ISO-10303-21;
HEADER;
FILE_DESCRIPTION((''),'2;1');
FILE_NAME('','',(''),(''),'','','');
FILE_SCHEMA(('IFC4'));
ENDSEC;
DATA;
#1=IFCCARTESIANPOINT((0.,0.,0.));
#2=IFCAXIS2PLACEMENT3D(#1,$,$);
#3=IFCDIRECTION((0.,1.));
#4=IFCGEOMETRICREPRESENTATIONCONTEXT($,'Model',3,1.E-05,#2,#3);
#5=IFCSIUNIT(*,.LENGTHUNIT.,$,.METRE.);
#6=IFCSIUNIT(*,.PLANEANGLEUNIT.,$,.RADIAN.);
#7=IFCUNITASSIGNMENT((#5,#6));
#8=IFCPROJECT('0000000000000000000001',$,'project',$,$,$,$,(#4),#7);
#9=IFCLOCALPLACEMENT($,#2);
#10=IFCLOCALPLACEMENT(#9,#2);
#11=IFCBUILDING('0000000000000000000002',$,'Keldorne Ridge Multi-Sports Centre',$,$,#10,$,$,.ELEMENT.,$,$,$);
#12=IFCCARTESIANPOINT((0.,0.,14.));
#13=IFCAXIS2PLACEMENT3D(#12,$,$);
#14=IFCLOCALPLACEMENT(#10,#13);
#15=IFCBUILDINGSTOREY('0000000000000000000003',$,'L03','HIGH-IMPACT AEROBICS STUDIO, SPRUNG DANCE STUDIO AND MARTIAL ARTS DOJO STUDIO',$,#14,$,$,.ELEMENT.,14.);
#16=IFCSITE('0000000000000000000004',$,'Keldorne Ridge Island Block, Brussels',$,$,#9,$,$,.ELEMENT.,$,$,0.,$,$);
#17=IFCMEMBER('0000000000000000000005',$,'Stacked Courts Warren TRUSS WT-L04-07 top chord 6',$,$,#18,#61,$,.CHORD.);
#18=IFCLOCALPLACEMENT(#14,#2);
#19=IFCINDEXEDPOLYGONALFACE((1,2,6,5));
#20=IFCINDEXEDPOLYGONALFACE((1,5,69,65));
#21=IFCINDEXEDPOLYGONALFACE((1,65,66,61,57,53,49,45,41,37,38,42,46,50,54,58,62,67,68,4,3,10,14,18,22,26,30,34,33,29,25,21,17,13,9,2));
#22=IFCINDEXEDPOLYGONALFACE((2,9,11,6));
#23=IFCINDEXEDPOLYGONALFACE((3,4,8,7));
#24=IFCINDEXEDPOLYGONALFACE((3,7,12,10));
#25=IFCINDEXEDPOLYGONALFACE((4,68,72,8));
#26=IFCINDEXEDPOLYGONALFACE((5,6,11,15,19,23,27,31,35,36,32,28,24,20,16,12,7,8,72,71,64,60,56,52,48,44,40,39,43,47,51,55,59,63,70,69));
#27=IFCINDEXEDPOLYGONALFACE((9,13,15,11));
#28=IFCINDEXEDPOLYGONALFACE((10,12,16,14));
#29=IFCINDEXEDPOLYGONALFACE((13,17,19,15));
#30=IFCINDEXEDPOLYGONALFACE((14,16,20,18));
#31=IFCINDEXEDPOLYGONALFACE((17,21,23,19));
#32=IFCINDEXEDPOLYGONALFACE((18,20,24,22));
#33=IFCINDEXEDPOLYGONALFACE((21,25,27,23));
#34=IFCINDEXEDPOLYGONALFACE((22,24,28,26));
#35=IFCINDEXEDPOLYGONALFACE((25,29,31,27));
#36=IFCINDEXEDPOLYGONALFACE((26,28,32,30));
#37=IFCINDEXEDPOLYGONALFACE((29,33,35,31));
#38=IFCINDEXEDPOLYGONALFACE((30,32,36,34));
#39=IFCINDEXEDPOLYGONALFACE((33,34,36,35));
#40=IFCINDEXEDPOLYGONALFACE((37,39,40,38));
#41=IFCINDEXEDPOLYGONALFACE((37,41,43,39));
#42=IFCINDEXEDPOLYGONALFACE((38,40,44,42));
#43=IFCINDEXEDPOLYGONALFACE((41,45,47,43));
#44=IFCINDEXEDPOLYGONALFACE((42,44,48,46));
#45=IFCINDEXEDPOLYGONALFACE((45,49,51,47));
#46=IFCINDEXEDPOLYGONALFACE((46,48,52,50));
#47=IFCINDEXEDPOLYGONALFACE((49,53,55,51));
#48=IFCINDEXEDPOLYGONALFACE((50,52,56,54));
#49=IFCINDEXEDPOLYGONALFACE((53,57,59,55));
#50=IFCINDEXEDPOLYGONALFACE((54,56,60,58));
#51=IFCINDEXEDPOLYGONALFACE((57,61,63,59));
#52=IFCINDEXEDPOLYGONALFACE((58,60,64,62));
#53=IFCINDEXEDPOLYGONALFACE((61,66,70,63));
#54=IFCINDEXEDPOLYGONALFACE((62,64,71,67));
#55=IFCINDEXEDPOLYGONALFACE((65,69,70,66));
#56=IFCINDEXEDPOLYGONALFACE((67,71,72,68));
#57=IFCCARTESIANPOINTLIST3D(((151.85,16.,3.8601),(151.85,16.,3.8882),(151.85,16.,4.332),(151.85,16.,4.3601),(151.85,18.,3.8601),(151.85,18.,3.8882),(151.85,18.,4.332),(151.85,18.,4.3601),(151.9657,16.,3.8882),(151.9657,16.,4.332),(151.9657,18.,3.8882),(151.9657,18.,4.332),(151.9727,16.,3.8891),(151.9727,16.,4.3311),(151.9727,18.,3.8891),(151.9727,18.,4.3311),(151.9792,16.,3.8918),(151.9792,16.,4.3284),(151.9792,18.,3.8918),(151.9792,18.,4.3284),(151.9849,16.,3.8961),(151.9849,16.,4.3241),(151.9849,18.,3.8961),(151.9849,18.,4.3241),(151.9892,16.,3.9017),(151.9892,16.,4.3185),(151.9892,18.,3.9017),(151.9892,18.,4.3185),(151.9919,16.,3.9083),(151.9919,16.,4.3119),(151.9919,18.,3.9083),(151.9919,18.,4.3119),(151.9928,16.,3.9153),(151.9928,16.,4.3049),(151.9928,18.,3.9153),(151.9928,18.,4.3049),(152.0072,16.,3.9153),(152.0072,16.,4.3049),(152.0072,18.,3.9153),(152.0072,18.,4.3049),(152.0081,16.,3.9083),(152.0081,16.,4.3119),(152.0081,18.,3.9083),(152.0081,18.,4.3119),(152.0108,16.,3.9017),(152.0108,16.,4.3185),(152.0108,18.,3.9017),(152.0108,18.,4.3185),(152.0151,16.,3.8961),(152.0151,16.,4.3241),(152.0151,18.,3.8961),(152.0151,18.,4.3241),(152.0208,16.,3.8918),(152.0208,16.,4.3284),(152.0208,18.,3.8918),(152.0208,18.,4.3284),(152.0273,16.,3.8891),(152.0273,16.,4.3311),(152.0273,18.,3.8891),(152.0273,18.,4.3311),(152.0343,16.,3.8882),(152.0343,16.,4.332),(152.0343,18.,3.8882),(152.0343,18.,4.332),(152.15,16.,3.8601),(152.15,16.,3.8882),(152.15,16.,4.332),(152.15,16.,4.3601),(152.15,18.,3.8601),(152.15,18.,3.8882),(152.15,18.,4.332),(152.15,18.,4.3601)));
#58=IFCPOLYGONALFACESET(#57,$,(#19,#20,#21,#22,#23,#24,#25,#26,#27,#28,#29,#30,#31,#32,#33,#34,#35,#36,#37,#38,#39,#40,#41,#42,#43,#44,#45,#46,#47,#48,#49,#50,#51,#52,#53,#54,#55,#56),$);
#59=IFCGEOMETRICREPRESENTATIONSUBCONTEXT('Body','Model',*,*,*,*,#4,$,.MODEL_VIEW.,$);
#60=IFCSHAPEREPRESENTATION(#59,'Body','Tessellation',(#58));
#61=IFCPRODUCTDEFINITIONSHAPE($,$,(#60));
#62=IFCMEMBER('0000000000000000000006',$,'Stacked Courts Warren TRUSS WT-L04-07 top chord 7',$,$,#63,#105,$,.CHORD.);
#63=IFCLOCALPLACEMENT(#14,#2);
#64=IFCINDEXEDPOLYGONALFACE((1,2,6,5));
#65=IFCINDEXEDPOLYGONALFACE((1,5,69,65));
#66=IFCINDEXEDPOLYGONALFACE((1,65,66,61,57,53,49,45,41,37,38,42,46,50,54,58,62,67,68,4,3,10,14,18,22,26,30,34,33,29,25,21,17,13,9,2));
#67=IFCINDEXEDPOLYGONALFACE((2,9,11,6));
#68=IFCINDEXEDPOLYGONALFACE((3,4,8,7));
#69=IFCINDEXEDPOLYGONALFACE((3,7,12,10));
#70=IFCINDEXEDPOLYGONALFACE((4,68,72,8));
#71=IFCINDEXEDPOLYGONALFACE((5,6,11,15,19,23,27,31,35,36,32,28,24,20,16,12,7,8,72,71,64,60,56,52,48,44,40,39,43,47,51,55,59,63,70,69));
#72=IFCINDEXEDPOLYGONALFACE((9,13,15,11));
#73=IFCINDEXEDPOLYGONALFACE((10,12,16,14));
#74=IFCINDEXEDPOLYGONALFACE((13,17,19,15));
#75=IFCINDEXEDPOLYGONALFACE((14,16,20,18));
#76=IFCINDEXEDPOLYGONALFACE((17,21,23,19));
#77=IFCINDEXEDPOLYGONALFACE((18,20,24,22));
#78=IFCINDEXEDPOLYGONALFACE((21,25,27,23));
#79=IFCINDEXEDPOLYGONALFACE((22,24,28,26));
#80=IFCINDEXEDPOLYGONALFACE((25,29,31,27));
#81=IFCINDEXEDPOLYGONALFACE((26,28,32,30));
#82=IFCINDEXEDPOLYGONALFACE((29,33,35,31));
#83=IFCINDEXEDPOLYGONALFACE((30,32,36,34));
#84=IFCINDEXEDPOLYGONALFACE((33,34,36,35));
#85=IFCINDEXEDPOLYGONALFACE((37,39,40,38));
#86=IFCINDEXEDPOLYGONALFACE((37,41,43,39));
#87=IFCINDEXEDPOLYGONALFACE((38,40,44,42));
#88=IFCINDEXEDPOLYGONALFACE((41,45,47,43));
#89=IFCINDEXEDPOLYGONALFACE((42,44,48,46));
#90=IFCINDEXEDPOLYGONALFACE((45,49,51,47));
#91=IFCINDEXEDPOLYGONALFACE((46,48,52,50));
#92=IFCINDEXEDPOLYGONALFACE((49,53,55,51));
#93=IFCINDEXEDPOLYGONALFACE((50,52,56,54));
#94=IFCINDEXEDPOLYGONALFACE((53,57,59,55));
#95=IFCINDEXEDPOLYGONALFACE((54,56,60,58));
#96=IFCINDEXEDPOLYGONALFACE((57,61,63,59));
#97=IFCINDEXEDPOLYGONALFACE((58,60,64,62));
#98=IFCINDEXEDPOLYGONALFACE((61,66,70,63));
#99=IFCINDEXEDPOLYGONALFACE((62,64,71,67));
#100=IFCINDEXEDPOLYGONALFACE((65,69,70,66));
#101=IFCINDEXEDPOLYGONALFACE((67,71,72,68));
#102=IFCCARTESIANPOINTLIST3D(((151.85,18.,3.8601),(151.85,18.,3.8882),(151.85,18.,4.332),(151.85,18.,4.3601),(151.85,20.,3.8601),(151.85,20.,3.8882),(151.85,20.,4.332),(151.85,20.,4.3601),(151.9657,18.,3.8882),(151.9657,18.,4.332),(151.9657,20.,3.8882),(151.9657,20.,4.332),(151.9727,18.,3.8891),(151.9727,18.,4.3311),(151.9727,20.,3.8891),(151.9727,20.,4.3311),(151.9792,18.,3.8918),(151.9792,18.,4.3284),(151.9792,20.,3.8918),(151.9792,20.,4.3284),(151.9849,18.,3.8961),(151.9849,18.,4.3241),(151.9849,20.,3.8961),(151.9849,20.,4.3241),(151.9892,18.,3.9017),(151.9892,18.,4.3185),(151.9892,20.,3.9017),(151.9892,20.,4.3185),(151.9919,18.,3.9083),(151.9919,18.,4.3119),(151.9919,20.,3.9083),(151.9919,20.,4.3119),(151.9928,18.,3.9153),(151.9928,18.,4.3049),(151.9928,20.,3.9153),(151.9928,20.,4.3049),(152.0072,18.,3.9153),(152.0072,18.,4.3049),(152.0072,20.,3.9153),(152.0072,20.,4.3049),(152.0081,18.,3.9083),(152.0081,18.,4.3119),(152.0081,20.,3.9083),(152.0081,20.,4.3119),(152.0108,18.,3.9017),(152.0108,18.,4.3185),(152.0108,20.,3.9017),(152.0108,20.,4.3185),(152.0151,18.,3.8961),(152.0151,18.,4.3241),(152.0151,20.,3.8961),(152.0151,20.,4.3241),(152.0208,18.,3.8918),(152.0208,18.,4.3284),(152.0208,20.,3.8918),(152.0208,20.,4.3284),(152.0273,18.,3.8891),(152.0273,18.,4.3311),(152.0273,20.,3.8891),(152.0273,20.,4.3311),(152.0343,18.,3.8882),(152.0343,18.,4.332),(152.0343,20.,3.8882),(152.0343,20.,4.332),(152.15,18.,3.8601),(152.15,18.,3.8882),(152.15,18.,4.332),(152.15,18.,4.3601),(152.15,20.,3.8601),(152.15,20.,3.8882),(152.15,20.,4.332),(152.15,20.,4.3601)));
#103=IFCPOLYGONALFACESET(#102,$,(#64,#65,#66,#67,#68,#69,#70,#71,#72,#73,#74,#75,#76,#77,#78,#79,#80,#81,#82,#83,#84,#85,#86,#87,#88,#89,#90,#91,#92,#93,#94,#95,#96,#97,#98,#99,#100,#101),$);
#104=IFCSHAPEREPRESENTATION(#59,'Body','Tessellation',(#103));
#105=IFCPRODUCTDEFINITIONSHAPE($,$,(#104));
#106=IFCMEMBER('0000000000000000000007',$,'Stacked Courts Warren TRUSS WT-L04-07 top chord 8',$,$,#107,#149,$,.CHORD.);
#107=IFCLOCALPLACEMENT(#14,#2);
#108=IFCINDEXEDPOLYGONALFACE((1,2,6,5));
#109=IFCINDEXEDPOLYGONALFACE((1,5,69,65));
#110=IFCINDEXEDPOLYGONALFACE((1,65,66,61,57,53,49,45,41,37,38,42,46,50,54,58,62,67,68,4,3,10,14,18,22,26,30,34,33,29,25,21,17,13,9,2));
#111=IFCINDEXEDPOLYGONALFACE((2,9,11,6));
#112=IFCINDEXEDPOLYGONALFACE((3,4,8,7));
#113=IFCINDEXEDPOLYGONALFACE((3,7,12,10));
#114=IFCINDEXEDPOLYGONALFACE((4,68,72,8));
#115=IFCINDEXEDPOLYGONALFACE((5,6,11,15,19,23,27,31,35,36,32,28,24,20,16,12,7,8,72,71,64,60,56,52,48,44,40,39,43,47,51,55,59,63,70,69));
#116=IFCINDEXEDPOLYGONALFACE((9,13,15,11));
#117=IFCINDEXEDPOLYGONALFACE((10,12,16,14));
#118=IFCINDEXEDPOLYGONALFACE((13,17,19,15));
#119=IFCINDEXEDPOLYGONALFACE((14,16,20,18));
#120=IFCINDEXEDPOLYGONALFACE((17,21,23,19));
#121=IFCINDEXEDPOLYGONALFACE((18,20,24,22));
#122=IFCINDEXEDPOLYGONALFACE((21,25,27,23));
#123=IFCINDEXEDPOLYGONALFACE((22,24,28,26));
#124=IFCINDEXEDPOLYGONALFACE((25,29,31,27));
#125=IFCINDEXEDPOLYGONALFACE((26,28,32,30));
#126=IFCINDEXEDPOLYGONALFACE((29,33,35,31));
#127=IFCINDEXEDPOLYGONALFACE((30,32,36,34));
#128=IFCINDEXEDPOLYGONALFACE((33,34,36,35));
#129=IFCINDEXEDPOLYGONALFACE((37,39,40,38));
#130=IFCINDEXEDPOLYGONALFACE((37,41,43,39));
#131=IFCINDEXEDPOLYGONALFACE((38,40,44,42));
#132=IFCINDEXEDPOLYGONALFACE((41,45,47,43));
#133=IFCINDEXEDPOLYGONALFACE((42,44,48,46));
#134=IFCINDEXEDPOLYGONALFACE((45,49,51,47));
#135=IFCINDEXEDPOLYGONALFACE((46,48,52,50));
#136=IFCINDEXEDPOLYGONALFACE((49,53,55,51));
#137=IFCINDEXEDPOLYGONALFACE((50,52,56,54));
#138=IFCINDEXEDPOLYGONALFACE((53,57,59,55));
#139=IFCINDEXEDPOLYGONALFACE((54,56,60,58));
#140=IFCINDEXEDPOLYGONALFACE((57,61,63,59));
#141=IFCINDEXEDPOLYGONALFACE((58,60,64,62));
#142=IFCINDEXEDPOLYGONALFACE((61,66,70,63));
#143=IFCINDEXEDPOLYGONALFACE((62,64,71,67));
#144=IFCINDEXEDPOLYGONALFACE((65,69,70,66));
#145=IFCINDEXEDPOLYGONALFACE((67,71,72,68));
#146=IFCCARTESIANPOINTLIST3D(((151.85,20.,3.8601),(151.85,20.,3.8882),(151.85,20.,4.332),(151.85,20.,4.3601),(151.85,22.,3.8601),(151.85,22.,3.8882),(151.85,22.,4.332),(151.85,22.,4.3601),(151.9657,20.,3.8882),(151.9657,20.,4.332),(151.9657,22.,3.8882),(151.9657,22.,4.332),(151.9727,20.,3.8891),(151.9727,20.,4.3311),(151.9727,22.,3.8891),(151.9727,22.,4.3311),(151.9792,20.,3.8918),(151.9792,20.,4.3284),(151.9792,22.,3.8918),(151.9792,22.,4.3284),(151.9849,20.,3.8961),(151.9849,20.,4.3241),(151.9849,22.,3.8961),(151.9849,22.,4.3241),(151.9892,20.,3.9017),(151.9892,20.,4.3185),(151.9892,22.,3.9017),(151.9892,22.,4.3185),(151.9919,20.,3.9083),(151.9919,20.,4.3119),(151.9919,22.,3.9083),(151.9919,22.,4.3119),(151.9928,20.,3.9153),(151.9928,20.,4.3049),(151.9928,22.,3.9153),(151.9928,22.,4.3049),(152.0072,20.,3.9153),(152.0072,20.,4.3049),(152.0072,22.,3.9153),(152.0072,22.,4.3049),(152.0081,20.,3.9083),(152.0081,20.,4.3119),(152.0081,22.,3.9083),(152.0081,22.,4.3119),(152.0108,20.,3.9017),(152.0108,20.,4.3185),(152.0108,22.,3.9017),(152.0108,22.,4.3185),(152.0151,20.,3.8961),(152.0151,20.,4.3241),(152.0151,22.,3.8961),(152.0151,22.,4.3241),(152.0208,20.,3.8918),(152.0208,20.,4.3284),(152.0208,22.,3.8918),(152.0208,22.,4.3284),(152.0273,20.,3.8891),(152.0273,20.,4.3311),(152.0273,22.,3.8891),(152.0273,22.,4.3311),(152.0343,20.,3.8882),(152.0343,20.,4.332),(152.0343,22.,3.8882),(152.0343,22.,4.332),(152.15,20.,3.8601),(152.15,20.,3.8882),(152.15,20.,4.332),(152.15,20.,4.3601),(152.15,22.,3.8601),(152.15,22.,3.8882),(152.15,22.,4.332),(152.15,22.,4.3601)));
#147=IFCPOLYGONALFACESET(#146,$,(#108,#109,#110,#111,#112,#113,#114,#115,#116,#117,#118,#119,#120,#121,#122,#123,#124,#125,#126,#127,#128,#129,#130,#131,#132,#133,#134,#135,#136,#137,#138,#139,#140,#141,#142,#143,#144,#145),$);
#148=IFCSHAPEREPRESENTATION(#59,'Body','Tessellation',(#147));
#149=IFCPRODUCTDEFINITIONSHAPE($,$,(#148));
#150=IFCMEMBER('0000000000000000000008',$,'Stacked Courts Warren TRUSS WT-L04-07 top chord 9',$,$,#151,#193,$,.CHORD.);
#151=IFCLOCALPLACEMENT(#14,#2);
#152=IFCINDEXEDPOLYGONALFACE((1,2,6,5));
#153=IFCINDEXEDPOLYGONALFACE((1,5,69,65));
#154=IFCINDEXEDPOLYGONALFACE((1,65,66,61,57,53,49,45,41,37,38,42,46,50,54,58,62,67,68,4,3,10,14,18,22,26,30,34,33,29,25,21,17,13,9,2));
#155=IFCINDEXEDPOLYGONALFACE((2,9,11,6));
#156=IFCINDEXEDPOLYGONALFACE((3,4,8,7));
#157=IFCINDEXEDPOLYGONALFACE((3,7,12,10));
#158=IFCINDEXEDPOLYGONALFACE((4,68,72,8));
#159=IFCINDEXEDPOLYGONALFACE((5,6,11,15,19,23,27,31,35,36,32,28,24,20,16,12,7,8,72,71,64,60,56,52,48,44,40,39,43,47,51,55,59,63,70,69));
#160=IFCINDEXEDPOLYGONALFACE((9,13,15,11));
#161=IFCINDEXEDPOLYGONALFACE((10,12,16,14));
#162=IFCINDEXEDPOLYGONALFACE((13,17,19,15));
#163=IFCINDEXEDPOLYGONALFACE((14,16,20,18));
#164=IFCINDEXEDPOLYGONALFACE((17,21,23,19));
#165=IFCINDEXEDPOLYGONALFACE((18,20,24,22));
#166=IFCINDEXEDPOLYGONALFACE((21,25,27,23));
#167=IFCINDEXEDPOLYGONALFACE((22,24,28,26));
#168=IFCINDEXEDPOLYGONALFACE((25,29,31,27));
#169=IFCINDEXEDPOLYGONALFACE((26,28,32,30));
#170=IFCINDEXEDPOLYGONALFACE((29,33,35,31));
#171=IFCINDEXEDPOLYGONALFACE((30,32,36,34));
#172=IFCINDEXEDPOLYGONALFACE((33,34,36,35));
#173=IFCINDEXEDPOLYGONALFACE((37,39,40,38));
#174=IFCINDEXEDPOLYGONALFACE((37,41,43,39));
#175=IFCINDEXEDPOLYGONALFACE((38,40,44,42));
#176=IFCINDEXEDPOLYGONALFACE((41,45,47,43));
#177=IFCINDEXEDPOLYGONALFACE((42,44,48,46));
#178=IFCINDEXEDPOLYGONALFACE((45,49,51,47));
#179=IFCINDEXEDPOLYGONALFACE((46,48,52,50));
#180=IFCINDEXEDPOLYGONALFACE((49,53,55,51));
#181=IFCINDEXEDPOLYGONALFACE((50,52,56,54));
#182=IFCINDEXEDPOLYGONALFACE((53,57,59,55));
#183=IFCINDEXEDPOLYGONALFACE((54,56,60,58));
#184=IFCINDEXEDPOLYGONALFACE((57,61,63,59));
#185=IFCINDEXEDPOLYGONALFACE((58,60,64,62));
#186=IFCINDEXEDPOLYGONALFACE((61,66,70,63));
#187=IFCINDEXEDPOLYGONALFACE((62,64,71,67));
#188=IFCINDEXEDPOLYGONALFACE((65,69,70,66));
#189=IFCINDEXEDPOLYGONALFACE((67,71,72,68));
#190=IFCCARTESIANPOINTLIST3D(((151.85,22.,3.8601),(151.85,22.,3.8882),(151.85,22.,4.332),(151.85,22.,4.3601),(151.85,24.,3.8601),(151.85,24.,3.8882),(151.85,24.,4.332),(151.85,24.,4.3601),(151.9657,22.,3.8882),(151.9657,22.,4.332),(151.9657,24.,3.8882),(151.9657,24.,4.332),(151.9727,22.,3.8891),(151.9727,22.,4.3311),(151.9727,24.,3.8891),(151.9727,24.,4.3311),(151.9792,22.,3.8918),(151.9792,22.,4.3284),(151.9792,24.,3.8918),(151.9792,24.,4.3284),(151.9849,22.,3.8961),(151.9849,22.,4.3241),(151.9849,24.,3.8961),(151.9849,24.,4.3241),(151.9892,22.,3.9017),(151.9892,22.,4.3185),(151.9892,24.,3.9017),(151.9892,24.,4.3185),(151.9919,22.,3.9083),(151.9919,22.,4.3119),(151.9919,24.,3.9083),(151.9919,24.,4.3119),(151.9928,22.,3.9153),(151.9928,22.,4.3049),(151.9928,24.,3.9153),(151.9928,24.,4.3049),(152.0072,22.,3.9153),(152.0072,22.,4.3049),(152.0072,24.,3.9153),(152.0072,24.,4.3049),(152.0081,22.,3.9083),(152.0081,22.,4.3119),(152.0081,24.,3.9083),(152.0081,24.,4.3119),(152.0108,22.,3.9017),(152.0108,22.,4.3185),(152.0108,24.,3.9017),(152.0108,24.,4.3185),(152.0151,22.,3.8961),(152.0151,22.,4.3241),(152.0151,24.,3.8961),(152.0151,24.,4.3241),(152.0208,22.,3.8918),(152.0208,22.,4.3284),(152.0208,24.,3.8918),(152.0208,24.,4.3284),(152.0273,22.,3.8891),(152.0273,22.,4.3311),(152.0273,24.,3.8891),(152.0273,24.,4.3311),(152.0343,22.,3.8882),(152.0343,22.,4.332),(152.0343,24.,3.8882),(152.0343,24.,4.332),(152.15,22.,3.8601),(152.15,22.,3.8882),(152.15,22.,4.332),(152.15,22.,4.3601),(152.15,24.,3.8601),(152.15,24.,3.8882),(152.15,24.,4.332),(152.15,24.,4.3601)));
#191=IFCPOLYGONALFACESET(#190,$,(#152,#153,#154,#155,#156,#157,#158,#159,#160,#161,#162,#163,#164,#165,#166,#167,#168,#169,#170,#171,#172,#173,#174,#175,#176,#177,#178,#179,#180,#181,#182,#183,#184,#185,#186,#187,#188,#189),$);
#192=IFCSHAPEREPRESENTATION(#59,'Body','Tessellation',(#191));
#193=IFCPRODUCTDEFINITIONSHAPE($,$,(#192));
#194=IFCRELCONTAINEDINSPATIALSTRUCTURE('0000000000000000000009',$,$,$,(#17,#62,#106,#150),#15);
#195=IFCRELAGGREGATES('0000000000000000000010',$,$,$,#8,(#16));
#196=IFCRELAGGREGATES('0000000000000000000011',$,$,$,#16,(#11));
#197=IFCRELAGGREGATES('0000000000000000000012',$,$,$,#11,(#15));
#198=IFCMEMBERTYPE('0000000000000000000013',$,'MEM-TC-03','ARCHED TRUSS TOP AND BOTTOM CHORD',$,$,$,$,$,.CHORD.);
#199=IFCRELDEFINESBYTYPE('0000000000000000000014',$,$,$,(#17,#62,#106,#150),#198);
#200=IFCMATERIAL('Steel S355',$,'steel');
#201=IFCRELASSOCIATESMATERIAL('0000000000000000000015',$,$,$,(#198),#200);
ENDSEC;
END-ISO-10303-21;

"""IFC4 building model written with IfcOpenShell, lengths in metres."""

from ifc_helpers import new_model, si_unit, direction, frame, origin, origin_2d, place, context, subcontext, project, spatial, i_section, extrude, material, material_profile, profile_set, type_object, element, save


model = new_model("IFC4")

# Units and contexts
model_context = context("Model", 3, precision=1e-05, world=origin(), true_north=direction((0.0, 1.0)))
body_context = subcontext(model_context, "Body", "Model", "MODEL_VIEW")
ifc_project = project(units=[si_unit("LENGTHUNIT", "METRE"), si_unit("PLANEANGLEUNIT", "RADIAN")], contexts=[model_context])

# Site, building, storey
site_placement = place(None, origin())
site = spatial("IfcSite", under=ifc_project, at=site_placement, Name="Keldorne Ridge Island Block, Brussels", CompositionType="ELEMENT", RefElevation=0.0)
building_placement = place(site_placement, origin())
building = spatial("IfcBuilding", under=site, at=building_placement, Name="Keldorne Ridge Multi-Sports Centre", CompositionType="ELEMENT")
storey_placement = place(building_placement, frame((0.0, 0.0, 14.0)))
storey = spatial("IfcBuildingStorey", under=building, at=storey_placement, Name="L03", Description="HIGH-IMPACT AEROBICS STUDIO, SPRUNG DANCE STUDIO AND MARTIAL ARTS DOJO STUDIO", CompositionType="ELEMENT", Elevation=14.0)

# Members
ifc_material = material(Name="Steel S355", Category="steel")
ifc_material_profile_1 = material_profile(ifc_material, i_section(OverallWidth=0.3, OverallDepth=0.5, WebThickness=0.0144, FlangeThickness=0.0281, FilletRadius=0.0271, at=origin_2d()), Name="HEB 500")
ifc_profile_set_1 = profile_set([ifc_material_profile_1], Name="Steel S355")
member_type_1 = type_object("IfcMemberType", Name="MEM-TC-03", Description="ARCHED TRUSS TOP AND BOTTOM CHORD", PredefinedType="CHORD", material=ifc_profile_set_1)
for number, where, z_axis, x_axis, name in (
    (1, (152.0, 16.0, 4.1101), (0.0, 1.0, 0.0), (-1.0, 0.0, 0.0), "Stacked Courts Warren TRUSS WT-L04-07 top chord 6"),
    (2, (152.0, 18.0, 4.1101), (0.0, 1.0, 0.0), (-1.0, 0.0, 0.0), "Stacked Courts Warren TRUSS WT-L04-07 top chord 7"),
    (3, (152.0, 20.0, 4.1101), (0.0, 1.0, 0.0), (-1.0, 0.0, 0.0), "Stacked Courts Warren TRUSS WT-L04-07 top chord 8"),
    (4, (152.0, 22.0, 4.1101), (0.0, 1.0, 0.0), (-1.0, 0.0, 0.0), "Stacked Courts Warren TRUSS WT-L04-07 top chord 9"),
):
    element("IfcMember", number, at=place(storey_placement, frame(where, z_axis=z_axis, x_axis=x_axis)), inside=storey, type_object=member_type_1, Name=name, PredefinedType="CHORD", context=body_context, shape_type="SweptSolid", body=[
        extrude(i_section(OverallWidth=0.3, OverallDepth=0.5, WebThickness=0.0144, FlangeThickness=0.0281, FilletRadius=0.0271, at=origin_2d()), origin(), (0.0, 0.0, 1.0), 2.0),
    ])

save(model, "model.ifc")
